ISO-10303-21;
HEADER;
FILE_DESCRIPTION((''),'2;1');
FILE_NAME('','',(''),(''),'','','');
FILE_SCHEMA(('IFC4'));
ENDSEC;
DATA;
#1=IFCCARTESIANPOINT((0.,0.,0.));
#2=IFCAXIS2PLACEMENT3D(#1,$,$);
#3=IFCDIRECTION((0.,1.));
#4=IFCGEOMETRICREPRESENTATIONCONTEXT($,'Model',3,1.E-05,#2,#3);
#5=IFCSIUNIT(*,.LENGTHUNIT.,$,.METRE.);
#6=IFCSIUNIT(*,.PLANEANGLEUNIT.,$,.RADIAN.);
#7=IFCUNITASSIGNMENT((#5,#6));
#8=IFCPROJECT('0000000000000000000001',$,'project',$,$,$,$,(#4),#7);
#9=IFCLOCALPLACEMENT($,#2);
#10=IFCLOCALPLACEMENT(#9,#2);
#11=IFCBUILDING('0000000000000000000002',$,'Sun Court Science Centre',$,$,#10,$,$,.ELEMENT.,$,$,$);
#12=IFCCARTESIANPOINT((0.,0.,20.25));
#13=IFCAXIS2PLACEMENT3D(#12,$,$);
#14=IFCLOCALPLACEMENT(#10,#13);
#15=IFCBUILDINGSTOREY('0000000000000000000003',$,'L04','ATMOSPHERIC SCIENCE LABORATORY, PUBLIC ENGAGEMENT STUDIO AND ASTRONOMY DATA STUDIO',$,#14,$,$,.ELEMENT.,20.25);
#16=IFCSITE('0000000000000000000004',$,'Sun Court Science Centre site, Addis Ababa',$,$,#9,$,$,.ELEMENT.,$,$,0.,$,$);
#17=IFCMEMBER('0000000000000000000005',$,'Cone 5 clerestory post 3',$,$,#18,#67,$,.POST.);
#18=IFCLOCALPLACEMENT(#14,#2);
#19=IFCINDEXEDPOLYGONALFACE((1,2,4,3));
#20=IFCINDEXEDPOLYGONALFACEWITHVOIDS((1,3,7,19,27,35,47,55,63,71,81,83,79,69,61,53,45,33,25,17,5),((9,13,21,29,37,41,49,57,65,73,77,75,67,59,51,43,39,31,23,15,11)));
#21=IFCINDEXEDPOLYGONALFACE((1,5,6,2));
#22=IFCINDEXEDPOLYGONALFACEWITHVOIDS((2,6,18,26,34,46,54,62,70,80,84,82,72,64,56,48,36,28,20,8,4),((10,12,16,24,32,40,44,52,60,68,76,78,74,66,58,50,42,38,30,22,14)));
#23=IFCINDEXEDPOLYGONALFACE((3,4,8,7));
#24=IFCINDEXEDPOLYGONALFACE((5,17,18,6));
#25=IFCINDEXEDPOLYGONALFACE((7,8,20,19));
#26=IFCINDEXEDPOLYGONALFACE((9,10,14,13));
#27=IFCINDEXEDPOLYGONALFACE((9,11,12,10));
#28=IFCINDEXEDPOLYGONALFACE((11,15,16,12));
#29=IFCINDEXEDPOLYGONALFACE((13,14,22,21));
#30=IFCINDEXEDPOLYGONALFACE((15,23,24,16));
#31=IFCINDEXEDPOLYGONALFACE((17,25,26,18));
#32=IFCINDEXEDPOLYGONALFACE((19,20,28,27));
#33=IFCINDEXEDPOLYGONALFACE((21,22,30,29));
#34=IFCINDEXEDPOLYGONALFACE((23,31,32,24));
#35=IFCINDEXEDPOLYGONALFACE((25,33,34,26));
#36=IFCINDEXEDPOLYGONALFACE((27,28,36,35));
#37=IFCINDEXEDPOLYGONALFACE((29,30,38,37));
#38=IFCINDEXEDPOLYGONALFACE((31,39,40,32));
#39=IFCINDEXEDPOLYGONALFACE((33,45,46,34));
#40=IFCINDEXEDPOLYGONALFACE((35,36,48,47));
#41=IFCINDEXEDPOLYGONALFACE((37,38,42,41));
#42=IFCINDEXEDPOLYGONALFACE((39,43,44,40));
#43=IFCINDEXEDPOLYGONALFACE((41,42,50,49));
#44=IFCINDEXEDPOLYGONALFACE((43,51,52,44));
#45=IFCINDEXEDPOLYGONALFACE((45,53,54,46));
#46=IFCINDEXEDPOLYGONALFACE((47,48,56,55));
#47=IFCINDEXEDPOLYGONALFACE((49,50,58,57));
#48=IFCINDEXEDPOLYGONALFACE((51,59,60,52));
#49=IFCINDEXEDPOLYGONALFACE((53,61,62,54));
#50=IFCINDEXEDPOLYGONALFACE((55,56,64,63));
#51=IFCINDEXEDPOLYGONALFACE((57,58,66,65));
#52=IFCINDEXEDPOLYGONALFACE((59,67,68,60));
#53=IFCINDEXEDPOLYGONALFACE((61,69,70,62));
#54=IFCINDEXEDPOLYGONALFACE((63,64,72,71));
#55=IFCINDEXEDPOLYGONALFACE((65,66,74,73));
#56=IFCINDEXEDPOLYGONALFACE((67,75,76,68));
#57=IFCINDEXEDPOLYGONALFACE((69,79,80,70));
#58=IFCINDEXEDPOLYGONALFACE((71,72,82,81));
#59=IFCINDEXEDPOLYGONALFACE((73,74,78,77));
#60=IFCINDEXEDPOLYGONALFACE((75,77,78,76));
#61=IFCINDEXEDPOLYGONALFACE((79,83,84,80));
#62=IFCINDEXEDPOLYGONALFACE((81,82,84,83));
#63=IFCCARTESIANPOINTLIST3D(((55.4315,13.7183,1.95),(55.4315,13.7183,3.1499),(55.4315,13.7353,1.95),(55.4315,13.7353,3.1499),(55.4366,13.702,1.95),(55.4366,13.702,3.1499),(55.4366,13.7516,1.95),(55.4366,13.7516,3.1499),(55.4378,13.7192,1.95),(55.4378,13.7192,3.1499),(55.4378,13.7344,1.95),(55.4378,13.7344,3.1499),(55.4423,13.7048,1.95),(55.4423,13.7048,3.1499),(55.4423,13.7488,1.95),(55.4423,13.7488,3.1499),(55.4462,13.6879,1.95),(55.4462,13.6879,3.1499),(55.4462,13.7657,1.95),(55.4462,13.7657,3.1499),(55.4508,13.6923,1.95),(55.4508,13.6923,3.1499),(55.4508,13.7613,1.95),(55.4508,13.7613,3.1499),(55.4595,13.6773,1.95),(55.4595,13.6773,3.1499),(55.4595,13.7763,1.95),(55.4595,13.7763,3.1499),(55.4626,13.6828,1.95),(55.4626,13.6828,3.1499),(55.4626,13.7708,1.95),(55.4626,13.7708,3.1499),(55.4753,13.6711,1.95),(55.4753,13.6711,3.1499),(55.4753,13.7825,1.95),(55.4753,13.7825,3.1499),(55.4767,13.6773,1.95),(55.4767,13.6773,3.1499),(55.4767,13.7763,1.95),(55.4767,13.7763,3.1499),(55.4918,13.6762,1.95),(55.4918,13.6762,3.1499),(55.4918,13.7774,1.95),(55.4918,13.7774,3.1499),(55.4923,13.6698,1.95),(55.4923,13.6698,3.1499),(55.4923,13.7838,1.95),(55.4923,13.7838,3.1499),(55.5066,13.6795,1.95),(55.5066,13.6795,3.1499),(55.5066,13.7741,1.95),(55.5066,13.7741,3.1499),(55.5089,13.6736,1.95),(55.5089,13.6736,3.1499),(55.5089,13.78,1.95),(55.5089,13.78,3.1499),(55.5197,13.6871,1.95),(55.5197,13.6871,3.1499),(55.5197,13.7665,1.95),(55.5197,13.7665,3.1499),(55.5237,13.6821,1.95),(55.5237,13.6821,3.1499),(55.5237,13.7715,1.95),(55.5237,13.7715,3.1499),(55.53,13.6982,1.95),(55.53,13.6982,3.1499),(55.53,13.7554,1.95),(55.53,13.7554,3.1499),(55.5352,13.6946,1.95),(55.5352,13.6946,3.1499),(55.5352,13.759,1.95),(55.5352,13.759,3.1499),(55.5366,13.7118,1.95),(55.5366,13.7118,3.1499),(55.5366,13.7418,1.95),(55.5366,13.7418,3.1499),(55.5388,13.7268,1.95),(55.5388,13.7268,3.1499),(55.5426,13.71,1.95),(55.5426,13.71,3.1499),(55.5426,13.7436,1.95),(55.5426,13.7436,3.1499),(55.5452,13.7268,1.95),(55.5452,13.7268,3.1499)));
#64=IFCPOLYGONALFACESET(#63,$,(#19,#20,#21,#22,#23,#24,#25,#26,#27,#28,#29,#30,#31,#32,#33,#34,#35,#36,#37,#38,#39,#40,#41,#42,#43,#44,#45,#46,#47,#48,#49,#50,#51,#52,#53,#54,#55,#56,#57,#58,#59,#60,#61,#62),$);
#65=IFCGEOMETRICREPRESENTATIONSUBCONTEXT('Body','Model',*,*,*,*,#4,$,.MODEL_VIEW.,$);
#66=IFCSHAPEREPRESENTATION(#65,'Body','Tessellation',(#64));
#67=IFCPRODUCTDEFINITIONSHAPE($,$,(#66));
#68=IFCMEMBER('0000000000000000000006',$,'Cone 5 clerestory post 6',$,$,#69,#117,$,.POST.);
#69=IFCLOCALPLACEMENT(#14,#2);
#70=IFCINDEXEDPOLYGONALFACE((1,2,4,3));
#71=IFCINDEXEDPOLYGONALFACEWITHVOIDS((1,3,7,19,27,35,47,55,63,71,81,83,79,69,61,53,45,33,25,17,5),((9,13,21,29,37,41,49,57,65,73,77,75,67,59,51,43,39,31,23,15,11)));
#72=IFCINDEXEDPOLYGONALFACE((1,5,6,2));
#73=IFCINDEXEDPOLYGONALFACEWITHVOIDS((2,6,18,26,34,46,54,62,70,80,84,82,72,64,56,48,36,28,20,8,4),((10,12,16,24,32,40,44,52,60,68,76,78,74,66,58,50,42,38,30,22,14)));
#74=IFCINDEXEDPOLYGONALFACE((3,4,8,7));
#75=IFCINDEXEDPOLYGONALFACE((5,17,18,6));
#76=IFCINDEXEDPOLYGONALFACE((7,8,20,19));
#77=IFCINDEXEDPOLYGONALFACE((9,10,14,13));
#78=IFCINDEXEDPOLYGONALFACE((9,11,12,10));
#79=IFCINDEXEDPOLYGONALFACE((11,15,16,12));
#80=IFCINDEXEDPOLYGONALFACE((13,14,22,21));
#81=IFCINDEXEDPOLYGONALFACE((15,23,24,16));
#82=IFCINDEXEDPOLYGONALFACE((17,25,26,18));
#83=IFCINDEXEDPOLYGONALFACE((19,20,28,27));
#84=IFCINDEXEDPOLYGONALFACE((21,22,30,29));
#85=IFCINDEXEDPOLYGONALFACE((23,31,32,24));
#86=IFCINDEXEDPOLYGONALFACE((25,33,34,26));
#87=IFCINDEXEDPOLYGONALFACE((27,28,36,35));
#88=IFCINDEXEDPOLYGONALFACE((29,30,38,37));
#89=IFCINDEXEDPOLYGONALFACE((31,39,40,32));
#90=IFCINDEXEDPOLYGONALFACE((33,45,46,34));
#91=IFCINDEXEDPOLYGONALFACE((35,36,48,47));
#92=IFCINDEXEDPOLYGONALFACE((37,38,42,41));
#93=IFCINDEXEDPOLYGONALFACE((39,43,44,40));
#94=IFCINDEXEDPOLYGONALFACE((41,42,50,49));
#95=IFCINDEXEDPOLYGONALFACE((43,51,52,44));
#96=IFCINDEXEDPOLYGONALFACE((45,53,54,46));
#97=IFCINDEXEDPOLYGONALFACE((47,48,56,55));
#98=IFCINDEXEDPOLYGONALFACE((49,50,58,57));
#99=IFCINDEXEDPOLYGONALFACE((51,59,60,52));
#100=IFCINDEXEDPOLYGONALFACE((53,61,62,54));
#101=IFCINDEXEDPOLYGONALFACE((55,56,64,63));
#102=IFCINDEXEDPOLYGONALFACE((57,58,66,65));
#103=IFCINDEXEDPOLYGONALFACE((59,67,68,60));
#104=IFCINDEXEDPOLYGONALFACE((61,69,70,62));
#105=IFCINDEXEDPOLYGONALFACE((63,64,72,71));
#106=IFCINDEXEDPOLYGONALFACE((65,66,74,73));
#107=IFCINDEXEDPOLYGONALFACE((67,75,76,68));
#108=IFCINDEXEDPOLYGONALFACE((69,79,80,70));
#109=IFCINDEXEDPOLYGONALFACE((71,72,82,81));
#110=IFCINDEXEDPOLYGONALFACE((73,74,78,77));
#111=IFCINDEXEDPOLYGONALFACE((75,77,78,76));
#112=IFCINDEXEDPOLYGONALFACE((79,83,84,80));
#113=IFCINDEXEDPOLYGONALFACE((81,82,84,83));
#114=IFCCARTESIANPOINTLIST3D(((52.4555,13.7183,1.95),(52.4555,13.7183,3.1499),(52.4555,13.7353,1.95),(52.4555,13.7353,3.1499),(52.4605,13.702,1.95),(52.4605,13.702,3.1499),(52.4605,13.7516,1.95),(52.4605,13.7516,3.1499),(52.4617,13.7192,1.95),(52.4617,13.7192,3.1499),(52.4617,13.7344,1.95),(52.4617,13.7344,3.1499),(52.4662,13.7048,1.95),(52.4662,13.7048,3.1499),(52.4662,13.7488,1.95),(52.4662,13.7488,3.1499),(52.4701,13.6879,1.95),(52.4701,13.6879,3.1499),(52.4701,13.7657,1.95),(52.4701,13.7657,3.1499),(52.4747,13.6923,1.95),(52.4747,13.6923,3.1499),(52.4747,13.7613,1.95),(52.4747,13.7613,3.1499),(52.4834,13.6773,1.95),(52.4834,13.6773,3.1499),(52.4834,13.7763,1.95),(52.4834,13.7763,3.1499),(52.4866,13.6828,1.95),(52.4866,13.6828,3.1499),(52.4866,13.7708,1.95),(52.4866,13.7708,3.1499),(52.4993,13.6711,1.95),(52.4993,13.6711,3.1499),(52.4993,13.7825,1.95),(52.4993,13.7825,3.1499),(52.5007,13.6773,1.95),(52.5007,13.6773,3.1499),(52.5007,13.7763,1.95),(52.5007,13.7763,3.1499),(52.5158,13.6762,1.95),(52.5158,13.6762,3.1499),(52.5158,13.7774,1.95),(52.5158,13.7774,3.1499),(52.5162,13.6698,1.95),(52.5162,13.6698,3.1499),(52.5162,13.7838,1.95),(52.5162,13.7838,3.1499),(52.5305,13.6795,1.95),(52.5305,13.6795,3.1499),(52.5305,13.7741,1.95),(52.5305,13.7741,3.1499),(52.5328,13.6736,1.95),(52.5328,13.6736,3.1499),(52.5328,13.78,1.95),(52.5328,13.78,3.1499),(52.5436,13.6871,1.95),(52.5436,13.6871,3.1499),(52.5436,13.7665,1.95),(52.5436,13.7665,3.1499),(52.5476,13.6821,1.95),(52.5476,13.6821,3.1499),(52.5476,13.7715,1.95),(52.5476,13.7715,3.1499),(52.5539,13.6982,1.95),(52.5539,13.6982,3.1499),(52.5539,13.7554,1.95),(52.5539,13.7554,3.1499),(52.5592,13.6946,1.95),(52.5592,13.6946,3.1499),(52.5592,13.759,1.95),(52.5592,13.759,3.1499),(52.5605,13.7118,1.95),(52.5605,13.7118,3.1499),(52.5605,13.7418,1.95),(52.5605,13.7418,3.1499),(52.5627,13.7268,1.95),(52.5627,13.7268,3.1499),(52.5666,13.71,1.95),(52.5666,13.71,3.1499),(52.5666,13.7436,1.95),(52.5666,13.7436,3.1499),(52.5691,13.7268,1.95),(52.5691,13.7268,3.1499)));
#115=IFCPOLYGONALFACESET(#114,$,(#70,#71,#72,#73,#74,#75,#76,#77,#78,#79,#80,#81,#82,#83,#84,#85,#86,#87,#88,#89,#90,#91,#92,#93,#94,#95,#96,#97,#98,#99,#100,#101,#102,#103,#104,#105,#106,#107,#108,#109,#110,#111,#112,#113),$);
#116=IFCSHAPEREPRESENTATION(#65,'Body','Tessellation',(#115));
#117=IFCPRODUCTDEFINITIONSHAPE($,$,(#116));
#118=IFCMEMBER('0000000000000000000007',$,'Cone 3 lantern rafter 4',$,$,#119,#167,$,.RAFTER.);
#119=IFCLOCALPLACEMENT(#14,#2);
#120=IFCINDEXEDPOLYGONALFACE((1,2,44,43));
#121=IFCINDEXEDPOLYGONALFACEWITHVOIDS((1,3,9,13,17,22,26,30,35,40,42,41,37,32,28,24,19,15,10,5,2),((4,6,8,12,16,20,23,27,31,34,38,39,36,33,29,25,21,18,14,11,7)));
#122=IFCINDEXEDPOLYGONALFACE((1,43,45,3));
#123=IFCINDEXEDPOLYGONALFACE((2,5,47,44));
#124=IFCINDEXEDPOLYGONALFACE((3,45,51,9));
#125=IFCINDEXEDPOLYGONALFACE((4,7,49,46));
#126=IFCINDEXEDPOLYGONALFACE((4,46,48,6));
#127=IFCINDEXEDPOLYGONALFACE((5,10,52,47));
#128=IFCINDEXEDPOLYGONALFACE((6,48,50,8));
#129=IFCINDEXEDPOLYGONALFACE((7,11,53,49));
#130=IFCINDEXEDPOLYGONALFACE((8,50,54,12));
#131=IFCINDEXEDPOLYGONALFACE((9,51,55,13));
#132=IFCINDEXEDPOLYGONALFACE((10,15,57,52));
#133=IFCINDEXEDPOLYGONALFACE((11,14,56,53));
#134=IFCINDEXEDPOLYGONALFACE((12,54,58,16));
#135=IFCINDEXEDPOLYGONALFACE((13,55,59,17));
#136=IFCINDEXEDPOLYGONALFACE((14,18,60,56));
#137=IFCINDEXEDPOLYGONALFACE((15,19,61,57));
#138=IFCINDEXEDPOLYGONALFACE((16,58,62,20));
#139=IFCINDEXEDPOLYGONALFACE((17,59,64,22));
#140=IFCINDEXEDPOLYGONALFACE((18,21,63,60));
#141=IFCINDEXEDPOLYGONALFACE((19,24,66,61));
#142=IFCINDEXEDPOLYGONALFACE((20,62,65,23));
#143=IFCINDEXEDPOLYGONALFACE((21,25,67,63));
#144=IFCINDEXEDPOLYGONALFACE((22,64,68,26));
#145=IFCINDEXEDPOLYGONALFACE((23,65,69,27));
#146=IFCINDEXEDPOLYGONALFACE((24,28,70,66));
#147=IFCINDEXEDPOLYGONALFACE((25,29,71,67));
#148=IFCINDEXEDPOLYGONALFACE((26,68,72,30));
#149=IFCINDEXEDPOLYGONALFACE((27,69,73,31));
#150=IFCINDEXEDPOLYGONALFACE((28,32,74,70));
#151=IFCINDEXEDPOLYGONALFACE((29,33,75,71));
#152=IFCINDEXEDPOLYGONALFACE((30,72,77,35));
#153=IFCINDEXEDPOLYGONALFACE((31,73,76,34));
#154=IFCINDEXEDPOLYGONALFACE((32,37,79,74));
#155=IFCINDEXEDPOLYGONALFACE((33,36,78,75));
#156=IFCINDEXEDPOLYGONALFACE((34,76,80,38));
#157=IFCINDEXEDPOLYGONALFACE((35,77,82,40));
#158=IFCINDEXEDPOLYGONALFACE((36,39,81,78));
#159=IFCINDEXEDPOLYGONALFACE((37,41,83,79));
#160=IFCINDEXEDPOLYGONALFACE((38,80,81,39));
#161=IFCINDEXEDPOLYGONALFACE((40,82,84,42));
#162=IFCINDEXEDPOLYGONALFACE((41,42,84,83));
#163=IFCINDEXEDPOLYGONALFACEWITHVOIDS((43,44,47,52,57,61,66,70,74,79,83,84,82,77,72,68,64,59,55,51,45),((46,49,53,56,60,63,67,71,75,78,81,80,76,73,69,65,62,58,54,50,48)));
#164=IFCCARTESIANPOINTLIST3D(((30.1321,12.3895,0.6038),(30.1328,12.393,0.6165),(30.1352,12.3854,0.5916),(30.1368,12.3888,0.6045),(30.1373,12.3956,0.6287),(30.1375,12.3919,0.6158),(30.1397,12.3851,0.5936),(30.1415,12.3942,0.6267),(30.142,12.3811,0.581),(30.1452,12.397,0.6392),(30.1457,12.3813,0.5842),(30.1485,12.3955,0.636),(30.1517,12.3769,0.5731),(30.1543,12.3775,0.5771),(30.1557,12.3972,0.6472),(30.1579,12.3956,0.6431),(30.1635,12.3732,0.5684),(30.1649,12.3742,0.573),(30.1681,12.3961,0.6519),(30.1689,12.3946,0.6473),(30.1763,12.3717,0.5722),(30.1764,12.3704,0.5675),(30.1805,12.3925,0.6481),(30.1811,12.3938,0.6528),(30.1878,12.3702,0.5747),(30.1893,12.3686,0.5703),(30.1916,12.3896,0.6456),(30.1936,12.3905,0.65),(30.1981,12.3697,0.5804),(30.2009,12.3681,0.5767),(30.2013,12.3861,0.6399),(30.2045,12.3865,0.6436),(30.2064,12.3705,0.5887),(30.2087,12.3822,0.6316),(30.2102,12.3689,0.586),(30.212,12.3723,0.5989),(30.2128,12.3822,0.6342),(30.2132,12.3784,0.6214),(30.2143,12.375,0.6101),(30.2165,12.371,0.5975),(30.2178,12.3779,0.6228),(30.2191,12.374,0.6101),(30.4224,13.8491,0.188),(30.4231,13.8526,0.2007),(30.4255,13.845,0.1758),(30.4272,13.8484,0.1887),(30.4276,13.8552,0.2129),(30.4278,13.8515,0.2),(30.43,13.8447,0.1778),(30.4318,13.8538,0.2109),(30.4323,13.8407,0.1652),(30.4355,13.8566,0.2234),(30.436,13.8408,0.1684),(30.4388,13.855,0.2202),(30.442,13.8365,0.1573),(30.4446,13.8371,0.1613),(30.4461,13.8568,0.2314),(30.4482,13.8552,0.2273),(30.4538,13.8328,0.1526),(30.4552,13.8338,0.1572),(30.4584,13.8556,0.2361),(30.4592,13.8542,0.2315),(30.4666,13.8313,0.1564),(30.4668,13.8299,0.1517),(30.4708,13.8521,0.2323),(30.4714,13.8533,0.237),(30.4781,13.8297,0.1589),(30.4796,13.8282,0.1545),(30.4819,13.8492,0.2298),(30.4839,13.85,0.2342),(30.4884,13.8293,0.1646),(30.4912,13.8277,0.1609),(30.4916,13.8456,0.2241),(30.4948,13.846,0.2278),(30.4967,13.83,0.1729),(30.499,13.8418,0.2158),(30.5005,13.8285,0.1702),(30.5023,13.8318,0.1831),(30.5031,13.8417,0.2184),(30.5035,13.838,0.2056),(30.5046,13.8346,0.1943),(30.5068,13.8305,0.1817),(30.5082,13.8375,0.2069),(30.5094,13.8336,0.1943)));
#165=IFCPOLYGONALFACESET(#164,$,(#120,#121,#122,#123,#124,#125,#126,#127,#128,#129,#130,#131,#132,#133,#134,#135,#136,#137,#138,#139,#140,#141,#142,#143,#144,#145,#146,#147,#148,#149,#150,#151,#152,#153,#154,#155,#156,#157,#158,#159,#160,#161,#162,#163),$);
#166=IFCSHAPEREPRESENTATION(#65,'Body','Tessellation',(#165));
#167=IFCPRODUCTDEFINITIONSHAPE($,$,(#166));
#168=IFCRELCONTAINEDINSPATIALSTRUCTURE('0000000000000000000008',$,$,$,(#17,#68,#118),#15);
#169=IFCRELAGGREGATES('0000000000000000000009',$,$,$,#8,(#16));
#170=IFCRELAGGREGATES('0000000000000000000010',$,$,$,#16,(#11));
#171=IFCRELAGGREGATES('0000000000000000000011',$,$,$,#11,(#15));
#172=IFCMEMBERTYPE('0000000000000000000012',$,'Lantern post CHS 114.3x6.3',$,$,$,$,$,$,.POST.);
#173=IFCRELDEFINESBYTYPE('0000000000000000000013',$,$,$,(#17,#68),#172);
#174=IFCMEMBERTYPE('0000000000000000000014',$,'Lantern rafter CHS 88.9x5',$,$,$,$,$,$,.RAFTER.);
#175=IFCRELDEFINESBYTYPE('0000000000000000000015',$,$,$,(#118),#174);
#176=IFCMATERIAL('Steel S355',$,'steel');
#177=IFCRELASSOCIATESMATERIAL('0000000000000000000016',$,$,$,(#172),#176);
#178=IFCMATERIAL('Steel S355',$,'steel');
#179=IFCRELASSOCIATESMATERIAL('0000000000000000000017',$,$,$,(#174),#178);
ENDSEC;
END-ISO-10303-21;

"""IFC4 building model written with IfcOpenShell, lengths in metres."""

from ifc_helpers import new_model, si_unit, direction, frame, origin, origin_2d, place, context, subcontext, project, spatial, hollow_circle, extrude, material, material_profile, profile_set, type_object, element, save


model = new_model("IFC4")

# Units and contexts
model_context = context("Model", 3, precision=1e-05, world=origin(), true_north=direction((0.0, 1.0)))
body_context = subcontext(model_context, "Body", "Model", "MODEL_VIEW")
ifc_project = project(units=[si_unit("LENGTHUNIT", "METRE"), si_unit("PLANEANGLEUNIT", "RADIAN")], contexts=[model_context])

# Site, building, storey
site_placement = place(None, origin())
site = spatial("IfcSite", under=ifc_project, at=site_placement, Name="Sun Court Science Centre site, Addis Ababa", CompositionType="ELEMENT", RefElevation=0.0)
building_placement = place(site_placement, origin())
building = spatial("IfcBuilding", under=site, at=building_placement, Name="Sun Court Science Centre", CompositionType="ELEMENT")
storey_placement = place(building_placement, frame((0.0, 0.0, 20.25)))
storey = spatial("IfcBuildingStorey", under=building, at=storey_placement, Name="L04", Description="ATMOSPHERIC SCIENCE LABORATORY, PUBLIC ENGAGEMENT STUDIO AND ASTRONOMY DATA STUDIO", CompositionType="ELEMENT", Elevation=20.25)

# Members
ifc_material_1 = material(Name="Steel S355", Category="steel")
ifc_material_profile_1 = material_profile(ifc_material_1, hollow_circle(Radius=0.0571, WallThickness=0.0063, at=origin_2d()), Name="CHS 114.3x6.3")
ifc_profile_set_1 = profile_set([ifc_material_profile_1], Name="Steel S355")
member_type_1 = type_object("IfcMemberType", Name="Lantern post CHS 114.3x6.3", PredefinedType="POST", material=ifc_profile_set_1)
for number, where, z_axis, x_axis, name in (
    (1, (55.488, 13.7268, 1.95), (0.0, 0.0, 1.0), (1.0, 0.0, 0.0), "Cone 5 clerestory post 3"),
    (2, (52.512, 13.7268, 1.95), (0.0, 0.0, 1.0), (1.0, 0.0, 0.0), "Cone 5 clerestory post 6"),
):
    element("IfcMember", number, at=place(storey_placement, frame(where, z_axis=z_axis, x_axis=x_axis)), inside=storey, type_object=member_type_1, Name=name, PredefinedType="POST", context=body_context, shape_type="SweptSolid", body=[
        extrude(hollow_circle(Radius=0.0571, WallThickness=0.0063, at=origin_2d()), origin(), (0.0, 0.0, 1.0), 1.2),
    ])
ifc_material_2 = material(Name="Steel S355", Category="steel")
ifc_material_profile_2 = material_profile(ifc_material_2, hollow_circle(Radius=0.0444, WallThickness=0.0049, at=origin_2d()), Name="CHS 88.9x5")
ifc_profile_set_2 = profile_set([ifc_material_profile_2], Name="Steel S355")
member_type_2 = type_object("IfcMemberType", Name="Lantern rafter CHS 88.9x5", PredefinedType="RAFTER", material=ifc_profile_set_2)
for number, where, z_axis, x_axis, name in (
    (3, (30.4658, 13.8423, 0.1943), (-0.187879, -0.94461, 0.269098), (0.980788, -0.195075, 0.0), "Cone 3 lantern rafter 4"),
):
    element("IfcMember", number, at=place(storey_placement, frame(where, z_axis=z_axis, x_axis=x_axis)), inside=storey, type_object=member_type_2, Name=name, PredefinedType="RAFTER", context=body_context, shape_type="SweptSolid", body=[
        extrude(hollow_circle(Radius=0.0444, WallThickness=0.0049, at=origin_2d()), origin(), (0.0, 0.0, 1.0), 1.5452),
    ])

save(model, "model.ifc")
